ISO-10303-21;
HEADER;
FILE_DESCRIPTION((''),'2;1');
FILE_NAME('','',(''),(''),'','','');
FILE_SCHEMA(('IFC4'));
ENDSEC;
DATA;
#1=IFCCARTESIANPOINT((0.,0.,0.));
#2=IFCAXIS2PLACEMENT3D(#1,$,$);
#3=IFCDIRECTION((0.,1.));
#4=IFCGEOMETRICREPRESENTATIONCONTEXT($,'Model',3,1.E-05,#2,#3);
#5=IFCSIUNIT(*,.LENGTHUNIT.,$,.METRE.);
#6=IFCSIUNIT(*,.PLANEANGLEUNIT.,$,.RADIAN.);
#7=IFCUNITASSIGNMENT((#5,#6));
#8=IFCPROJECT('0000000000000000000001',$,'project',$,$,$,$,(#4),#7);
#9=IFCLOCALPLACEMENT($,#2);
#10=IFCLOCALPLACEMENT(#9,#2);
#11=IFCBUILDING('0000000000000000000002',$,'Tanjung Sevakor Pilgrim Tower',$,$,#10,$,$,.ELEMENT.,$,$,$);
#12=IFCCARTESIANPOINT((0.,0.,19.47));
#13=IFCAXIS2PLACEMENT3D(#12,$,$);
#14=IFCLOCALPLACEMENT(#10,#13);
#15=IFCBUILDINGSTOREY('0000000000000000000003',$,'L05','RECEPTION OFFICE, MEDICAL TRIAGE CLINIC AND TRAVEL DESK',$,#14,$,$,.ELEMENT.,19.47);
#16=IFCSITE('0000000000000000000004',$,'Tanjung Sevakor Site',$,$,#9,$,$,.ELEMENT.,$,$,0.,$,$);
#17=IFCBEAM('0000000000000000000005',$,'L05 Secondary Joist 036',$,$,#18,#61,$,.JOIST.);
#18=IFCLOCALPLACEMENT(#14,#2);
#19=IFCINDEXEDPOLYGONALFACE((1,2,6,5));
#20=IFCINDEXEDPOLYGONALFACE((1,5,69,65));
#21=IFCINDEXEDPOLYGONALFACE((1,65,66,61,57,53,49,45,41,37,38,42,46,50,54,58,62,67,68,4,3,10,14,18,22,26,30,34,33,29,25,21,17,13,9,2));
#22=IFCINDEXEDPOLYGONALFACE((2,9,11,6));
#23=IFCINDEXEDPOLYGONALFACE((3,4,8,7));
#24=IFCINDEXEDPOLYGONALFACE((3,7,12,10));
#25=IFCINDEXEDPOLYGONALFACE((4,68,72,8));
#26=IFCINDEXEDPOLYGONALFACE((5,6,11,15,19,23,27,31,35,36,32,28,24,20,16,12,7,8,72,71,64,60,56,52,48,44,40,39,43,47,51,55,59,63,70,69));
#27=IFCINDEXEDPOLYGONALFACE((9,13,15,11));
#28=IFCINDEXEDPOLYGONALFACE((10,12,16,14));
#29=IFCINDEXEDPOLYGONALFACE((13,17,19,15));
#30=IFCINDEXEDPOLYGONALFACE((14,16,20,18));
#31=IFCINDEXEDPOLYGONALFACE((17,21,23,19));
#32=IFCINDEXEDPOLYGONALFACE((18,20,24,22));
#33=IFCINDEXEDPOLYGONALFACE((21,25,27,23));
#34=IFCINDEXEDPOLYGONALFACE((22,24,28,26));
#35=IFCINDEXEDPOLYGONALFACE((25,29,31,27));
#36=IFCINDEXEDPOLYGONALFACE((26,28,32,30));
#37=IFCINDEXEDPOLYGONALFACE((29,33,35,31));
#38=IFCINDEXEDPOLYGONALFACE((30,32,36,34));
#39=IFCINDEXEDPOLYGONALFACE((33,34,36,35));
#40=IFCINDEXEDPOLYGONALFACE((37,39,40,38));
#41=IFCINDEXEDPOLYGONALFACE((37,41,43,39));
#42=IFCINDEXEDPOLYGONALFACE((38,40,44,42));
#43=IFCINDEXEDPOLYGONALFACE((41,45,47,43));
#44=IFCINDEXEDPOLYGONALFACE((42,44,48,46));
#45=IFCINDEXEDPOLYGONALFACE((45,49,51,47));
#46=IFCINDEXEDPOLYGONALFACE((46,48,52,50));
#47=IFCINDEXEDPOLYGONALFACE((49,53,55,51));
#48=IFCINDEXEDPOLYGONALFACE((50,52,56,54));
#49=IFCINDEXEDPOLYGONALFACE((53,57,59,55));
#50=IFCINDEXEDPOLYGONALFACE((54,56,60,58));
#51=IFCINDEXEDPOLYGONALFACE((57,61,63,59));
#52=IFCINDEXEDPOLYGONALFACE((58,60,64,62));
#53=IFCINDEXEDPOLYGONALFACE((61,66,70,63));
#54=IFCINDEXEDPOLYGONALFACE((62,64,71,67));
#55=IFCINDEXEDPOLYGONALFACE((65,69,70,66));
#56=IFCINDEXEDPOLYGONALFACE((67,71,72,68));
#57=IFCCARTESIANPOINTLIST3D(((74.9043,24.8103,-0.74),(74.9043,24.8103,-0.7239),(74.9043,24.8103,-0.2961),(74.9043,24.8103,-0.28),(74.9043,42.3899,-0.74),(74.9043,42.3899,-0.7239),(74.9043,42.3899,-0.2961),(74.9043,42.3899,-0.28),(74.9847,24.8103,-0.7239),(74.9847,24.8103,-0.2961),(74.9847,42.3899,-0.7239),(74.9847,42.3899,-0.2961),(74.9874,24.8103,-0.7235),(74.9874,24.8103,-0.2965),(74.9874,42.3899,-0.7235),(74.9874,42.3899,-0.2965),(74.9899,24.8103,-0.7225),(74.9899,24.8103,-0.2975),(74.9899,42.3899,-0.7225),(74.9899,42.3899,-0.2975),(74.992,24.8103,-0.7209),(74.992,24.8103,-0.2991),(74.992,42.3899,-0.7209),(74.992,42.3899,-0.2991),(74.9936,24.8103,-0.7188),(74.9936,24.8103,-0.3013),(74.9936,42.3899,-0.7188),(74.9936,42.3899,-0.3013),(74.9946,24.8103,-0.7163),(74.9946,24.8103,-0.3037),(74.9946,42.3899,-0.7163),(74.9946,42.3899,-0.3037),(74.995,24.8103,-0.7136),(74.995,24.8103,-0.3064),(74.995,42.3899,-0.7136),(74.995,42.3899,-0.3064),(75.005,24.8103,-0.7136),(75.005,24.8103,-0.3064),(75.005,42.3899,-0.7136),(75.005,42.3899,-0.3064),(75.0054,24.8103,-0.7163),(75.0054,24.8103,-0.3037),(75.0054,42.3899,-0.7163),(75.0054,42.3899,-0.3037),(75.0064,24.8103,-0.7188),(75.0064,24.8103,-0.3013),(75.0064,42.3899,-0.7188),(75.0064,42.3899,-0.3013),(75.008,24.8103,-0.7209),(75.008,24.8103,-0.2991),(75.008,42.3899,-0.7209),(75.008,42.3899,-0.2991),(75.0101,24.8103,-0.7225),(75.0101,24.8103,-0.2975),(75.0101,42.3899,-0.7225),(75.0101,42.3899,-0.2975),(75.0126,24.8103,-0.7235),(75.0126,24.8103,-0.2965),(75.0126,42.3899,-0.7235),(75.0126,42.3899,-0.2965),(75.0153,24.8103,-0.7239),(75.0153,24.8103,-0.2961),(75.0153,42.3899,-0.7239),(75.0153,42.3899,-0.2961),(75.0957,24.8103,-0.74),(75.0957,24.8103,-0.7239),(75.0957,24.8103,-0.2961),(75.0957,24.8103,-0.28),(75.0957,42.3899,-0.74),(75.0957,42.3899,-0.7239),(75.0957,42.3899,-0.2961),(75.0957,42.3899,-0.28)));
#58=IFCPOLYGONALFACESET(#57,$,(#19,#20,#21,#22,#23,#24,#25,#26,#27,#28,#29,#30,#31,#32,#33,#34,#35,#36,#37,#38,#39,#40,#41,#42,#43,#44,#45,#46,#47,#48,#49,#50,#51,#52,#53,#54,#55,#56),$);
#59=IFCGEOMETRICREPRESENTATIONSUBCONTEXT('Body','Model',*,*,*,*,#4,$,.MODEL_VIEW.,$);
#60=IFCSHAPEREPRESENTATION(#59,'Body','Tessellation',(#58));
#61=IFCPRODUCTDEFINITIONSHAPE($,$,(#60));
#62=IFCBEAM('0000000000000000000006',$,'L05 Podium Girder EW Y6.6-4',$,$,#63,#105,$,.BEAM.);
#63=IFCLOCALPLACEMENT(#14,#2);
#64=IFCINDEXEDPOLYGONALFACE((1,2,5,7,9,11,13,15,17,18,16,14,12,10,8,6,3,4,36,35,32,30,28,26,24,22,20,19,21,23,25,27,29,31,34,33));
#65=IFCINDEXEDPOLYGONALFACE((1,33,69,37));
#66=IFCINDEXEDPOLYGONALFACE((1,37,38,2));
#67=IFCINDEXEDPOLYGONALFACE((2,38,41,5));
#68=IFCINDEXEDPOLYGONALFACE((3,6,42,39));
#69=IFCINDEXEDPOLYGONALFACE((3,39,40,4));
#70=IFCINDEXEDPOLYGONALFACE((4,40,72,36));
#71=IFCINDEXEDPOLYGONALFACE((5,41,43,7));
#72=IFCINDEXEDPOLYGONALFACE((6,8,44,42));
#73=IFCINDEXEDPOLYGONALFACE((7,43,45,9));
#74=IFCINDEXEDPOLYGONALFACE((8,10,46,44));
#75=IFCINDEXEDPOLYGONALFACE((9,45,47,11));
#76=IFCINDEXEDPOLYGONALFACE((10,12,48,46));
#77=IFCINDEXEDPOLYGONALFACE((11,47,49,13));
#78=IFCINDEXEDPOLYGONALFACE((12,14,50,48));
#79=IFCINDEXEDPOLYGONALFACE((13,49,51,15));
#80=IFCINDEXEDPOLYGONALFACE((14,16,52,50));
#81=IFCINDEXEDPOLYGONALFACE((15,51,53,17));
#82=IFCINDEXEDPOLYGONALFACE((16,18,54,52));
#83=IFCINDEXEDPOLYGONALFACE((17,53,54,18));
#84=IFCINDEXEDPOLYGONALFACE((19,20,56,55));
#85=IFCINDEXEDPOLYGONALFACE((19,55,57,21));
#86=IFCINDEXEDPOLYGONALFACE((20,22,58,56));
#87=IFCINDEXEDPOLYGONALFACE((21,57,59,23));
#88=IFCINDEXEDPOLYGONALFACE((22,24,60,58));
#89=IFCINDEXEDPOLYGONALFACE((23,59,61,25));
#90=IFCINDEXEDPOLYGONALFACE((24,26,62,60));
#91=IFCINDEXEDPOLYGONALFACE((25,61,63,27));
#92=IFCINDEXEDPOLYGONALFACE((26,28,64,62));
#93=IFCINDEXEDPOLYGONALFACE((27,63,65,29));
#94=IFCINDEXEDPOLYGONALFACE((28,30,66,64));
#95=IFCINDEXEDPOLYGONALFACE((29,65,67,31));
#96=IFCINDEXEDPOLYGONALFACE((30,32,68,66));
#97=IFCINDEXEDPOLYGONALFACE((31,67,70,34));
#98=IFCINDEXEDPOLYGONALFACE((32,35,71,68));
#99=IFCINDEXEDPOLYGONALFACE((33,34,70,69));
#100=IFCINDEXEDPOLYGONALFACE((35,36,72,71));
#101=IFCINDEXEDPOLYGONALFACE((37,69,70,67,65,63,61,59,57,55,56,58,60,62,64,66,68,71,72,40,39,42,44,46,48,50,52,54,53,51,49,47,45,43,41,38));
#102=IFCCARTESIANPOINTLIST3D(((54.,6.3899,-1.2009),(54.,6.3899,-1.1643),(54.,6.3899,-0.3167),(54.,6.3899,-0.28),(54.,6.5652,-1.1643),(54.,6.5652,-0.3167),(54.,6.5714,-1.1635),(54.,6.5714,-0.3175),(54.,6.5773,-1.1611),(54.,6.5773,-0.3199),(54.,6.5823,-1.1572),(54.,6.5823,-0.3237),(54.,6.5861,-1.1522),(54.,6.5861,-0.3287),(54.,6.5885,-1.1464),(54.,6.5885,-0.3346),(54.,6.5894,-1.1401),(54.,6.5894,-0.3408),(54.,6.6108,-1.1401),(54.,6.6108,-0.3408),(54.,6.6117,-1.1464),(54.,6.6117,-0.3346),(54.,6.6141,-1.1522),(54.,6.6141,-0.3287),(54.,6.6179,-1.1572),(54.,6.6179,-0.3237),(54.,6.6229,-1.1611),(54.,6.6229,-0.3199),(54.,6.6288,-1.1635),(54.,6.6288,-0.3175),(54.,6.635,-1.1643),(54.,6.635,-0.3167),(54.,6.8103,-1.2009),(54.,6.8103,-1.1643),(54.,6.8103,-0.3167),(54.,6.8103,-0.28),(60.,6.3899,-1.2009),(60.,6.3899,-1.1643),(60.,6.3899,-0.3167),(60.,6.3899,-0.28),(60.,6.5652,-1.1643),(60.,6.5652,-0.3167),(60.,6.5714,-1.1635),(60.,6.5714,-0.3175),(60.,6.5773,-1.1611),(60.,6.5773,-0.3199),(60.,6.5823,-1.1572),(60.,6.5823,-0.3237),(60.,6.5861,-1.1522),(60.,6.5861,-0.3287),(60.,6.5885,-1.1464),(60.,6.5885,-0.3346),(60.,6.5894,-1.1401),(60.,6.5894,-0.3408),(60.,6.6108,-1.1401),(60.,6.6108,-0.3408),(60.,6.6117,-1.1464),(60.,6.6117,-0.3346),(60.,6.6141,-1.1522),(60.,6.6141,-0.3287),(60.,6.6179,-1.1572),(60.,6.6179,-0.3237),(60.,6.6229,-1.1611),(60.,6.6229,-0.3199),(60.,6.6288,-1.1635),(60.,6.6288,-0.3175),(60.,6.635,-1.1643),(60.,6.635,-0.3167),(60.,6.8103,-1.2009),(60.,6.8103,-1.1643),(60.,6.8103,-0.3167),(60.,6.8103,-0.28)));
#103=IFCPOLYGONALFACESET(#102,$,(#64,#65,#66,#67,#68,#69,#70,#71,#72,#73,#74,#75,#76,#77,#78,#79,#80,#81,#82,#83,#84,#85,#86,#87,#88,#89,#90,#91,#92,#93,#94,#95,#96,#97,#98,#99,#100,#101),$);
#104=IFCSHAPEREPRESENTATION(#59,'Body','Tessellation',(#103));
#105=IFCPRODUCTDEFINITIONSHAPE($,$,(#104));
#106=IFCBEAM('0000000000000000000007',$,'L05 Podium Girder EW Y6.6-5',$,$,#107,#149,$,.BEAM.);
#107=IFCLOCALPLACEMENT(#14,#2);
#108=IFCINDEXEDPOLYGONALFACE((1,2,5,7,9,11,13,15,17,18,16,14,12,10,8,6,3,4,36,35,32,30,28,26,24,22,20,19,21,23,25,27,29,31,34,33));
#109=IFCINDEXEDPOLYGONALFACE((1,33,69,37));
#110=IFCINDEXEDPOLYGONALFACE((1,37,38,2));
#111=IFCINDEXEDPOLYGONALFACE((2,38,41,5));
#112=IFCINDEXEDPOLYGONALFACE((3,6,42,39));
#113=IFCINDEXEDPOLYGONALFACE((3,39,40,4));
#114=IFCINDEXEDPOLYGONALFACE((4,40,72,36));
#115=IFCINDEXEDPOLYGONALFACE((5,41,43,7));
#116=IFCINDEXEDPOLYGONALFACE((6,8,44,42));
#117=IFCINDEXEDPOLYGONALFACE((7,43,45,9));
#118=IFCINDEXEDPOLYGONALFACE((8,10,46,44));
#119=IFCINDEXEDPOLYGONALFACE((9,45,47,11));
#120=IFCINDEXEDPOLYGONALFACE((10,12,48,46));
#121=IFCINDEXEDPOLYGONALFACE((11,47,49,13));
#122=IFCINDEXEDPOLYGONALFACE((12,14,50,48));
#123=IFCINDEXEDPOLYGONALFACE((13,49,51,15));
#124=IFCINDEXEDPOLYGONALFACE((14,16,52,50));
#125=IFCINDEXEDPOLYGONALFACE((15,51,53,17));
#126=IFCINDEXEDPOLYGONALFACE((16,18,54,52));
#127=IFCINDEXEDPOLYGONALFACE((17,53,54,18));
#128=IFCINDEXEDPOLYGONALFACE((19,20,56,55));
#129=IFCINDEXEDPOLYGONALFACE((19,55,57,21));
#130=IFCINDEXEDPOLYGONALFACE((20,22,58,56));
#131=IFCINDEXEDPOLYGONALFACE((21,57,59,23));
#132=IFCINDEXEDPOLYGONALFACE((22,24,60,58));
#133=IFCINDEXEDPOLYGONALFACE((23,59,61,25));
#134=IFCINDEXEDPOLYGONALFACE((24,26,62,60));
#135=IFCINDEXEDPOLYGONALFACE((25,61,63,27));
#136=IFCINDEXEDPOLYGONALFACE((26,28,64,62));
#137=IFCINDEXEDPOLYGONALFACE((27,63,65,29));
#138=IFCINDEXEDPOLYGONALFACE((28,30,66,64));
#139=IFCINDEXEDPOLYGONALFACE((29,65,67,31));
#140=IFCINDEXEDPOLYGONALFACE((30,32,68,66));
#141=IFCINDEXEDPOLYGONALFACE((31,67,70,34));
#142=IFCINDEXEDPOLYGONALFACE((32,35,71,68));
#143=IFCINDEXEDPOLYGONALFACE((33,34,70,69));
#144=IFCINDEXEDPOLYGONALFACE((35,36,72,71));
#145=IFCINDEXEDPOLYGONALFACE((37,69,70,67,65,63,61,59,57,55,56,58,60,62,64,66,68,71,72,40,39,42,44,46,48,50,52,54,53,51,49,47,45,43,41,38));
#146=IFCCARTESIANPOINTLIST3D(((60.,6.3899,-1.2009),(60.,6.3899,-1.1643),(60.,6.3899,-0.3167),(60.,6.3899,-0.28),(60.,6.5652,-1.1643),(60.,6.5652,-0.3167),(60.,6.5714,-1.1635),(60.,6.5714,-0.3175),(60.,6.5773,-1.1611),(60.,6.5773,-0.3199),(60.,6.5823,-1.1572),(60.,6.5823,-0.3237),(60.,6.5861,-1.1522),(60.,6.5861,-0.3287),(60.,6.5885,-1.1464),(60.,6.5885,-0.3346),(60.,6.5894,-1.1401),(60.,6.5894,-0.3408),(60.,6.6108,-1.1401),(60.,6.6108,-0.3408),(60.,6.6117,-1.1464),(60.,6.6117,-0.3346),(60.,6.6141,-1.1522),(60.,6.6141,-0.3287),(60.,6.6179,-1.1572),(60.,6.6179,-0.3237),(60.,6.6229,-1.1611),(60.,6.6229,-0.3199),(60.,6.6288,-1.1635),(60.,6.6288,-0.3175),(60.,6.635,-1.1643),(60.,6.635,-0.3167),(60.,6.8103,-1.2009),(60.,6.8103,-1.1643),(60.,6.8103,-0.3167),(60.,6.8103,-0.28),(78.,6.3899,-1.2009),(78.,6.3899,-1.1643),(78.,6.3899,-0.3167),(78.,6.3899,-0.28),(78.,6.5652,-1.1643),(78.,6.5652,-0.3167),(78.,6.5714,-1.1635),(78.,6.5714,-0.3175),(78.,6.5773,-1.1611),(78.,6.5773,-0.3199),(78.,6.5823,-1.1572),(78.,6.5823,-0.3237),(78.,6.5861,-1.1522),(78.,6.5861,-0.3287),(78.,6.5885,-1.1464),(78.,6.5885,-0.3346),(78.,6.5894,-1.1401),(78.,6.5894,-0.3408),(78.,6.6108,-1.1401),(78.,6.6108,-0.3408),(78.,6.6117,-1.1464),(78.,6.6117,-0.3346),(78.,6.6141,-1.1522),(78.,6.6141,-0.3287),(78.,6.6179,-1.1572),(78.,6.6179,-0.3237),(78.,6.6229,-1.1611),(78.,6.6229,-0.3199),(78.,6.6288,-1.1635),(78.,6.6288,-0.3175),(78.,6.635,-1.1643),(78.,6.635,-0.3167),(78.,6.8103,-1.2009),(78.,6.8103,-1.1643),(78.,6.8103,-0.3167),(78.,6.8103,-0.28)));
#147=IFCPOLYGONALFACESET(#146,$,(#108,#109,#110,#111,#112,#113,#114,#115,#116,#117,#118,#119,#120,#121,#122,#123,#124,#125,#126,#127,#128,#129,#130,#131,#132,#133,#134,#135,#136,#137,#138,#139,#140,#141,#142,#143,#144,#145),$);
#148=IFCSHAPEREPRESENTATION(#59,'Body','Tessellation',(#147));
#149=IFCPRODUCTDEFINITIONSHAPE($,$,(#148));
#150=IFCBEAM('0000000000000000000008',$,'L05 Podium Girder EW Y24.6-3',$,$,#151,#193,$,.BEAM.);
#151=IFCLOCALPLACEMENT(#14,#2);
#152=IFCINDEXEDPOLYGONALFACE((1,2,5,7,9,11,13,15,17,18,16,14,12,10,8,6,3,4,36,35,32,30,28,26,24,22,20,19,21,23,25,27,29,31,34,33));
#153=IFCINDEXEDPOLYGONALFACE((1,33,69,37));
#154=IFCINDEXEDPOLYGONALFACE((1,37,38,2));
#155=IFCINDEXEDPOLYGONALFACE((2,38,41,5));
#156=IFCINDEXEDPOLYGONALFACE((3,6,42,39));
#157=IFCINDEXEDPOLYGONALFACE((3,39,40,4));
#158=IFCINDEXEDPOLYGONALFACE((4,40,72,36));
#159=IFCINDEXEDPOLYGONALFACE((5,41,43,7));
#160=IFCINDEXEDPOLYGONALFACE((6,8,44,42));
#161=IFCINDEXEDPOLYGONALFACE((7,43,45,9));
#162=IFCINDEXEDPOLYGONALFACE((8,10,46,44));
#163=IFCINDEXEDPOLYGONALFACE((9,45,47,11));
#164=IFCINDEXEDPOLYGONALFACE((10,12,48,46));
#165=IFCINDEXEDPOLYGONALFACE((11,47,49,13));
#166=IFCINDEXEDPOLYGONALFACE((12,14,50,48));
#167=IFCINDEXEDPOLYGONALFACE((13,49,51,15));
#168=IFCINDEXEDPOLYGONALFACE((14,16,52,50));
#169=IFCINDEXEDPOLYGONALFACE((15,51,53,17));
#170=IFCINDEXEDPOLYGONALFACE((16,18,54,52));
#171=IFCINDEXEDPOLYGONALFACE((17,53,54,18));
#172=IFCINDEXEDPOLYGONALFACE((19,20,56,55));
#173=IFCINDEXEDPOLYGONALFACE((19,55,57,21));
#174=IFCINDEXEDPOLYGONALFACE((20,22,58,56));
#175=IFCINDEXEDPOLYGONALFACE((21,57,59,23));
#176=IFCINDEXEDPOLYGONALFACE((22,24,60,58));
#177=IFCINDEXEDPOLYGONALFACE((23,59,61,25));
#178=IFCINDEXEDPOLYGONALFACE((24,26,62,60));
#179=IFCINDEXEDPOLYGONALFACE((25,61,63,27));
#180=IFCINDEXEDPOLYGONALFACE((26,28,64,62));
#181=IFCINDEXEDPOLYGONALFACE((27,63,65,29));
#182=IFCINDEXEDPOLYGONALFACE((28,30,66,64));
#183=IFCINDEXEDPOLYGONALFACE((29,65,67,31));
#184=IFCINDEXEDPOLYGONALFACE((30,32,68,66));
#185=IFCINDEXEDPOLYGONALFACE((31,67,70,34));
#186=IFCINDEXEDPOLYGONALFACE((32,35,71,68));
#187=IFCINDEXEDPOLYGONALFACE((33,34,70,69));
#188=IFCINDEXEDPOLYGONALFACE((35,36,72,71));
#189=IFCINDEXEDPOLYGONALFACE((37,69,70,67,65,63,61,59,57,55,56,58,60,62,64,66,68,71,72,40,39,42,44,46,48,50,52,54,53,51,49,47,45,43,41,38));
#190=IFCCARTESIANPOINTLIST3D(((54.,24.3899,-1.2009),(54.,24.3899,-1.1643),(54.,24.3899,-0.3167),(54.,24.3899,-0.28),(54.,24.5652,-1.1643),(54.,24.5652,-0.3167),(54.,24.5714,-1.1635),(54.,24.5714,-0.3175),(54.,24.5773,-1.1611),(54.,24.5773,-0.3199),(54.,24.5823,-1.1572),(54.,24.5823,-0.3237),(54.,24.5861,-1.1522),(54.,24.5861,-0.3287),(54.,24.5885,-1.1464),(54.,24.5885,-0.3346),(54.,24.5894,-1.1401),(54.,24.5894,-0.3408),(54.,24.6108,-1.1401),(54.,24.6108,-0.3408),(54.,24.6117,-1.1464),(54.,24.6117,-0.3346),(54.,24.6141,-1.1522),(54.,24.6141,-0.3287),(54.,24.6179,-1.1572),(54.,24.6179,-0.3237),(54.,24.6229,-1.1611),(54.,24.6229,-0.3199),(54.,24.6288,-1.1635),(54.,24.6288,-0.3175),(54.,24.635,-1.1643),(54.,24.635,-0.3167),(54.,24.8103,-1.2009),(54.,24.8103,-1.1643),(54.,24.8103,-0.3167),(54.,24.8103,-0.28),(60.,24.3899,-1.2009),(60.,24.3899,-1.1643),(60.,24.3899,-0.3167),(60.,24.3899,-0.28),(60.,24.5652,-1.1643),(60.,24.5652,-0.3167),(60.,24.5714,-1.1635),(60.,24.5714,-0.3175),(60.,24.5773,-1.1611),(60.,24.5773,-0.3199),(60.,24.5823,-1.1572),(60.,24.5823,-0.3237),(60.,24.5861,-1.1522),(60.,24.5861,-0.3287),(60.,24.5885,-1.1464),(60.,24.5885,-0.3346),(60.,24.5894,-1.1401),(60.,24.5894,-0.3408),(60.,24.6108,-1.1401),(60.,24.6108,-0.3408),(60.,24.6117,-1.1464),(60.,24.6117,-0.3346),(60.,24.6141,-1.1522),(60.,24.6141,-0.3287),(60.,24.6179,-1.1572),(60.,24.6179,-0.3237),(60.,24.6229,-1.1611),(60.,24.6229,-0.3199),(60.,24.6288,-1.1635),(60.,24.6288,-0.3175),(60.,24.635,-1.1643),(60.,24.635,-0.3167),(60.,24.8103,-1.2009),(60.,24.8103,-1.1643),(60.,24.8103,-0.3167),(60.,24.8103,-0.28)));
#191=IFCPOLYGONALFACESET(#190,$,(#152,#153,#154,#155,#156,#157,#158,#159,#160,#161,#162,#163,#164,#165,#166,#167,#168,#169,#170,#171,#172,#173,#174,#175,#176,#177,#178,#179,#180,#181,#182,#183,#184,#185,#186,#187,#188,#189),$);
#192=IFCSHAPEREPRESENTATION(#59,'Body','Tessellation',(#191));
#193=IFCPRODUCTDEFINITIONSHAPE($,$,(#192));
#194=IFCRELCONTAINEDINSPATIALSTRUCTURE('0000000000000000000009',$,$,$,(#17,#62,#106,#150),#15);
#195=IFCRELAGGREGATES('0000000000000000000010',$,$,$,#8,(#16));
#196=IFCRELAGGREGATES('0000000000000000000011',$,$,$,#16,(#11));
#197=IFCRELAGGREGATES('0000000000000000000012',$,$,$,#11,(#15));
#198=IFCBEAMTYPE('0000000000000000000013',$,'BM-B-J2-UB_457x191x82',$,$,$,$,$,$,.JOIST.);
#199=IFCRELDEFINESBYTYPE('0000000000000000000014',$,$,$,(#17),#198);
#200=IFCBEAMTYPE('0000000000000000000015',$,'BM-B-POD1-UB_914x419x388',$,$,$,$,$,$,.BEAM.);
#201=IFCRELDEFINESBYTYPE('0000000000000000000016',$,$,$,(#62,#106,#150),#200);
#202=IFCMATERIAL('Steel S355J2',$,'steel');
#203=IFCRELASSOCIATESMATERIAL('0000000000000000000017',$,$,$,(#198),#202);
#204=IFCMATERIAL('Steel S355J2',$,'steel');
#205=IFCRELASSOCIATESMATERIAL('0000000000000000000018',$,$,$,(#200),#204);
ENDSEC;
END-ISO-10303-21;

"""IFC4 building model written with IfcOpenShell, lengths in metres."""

from ifc_helpers import new_model, si_unit, direction, frame, origin, origin_2d, place, context, subcontext, project, spatial, i_section, extrude, material, material_profile, profile_set, type_object, element, save


model = new_model("IFC4")

# Units and contexts
model_context = context("Model", 3, precision=1e-05, world=origin(), true_north=direction((0.0, 1.0)))
body_context = subcontext(model_context, "Body", "Model", "MODEL_VIEW")
ifc_project = project(units=[si_unit("LENGTHUNIT", "METRE"), si_unit("PLANEANGLEUNIT", "RADIAN")], contexts=[model_context])

# Site, building, storey
site_placement = place(None, origin())
site = spatial("IfcSite", under=ifc_project, at=site_placement, Name="Tanjung Sevakor Site", CompositionType="ELEMENT", RefElevation=0.0)
building_placement = place(site_placement, origin())
building = spatial("IfcBuilding", under=site, at=building_placement, Name="Tanjung Sevakor Pilgrim Tower", CompositionType="ELEMENT")
storey_placement = place(building_placement, frame((0.0, 0.0, 19.47)))
storey = spatial("IfcBuildingStorey", under=building, at=storey_placement, Name="L05", Description="RECEPTION OFFICE, MEDICAL TRIAGE CLINIC AND TRAVEL DESK", CompositionType="ELEMENT", Elevation=19.47)

# Beams
ifc_material_1 = material(Name="Steel S355J2", Category="steel")
ifc_material_profile_1 = material_profile(ifc_material_1, i_section(OverallWidth=0.1914, OverallDepth=0.46, WebThickness=0.01, FlangeThickness=0.0161, FilletRadius=0.0103, at=origin_2d()))
ifc_profile_set_1 = profile_set([ifc_material_profile_1], Name="Steel S355J2")
beam_type_1 = type_object("IfcBeamType", Name="BM-B-J2-UB_457x191x82", PredefinedType="JOIST", material=ifc_profile_set_1)
for number, where, z_axis, x_axis, name in (
    (1, (75.0, 24.8103, -0.51), (0.0, 1.0, 0.0), (-1.0, 0.0, 0.0), "L05 Secondary Joist 036"),
):
    element("IfcBeam", number, at=place(storey_placement, frame(where, z_axis=z_axis, x_axis=x_axis)), inside=storey, type_object=beam_type_1, Name=name, PredefinedType="JOIST", context=body_context, shape_type="SweptSolid", body=[
        extrude(i_section(OverallWidth=0.1914, OverallDepth=0.46, WebThickness=0.01, FlangeThickness=0.0161, FilletRadius=0.0103, at=origin_2d()), origin(), (0.0, 0.0, 1.0), 17.5796),
    ])
ifc_material_2 = material(Name="Steel S355J2", Category="steel")
ifc_material_profile_2 = material_profile(ifc_material_2, i_section(OverallWidth=0.4204, OverallDepth=0.9209, WebThickness=0.0215, FlangeThickness=0.0366, FilletRadius=0.0242, at=origin_2d()))
ifc_profile_set_2 = profile_set([ifc_material_profile_2], Name="Steel S355J2")
beam_type_2 = type_object("IfcBeamType", Name="BM-B-POD1-UB_914x419x388", PredefinedType="BEAM", material=ifc_profile_set_2)
beam_1_placement = place(storey_placement, frame((54.0, 6.6001, -0.7405), z_axis=(1.0, 0.0, 0.0), x_axis=(0.0, 1.0, 0.0)))
element("IfcBeam", 2, at=beam_1_placement, inside=storey, type_object=beam_type_2, Name="L05 Podium Girder EW Y6.6-4", PredefinedType="BEAM", context=body_context, shape_type="SweptSolid", body=[
    extrude(i_section(OverallWidth=0.4204, OverallDepth=0.9209, WebThickness=0.0215, FlangeThickness=0.0366, FilletRadius=0.0242, at=origin_2d()), origin(), (0.0, 0.0, 1.0), 6.0),
])
beam_2_placement = place(storey_placement, frame((60.0, 6.6001, -0.7405), z_axis=(1.0, 0.0, 0.0), x_axis=(0.0, 1.0, 0.0)))
element("IfcBeam", 3, at=beam_2_placement, inside=storey, type_object=beam_type_2, Name="L05 Podium Girder EW Y6.6-5", PredefinedType="BEAM", context=body_context, shape_type="SweptSolid", body=[
    extrude(i_section(OverallWidth=0.4204, OverallDepth=0.9209, WebThickness=0.0215, FlangeThickness=0.0366, FilletRadius=0.0242, at=origin_2d()), origin(), (0.0, 0.0, 1.0), 18.0),
])
beam_3_placement = place(storey_placement, frame((54.0, 24.6001, -0.7405), z_axis=(1.0, 0.0, 0.0), x_axis=(0.0, 1.0, 0.0)))
element("IfcBeam", 4, at=beam_3_placement, inside=storey, type_object=beam_type_2, Name="L05 Podium Girder EW Y24.6-3", PredefinedType="BEAM", context=body_context, shape_type="SweptSolid", body=[
    extrude(i_section(OverallWidth=0.4204, OverallDepth=0.9209, WebThickness=0.0215, FlangeThickness=0.0366, FilletRadius=0.0242, at=origin_2d()), origin(), (0.0, 0.0, 1.0), 6.0),
])

save(model, "model.ifc")
